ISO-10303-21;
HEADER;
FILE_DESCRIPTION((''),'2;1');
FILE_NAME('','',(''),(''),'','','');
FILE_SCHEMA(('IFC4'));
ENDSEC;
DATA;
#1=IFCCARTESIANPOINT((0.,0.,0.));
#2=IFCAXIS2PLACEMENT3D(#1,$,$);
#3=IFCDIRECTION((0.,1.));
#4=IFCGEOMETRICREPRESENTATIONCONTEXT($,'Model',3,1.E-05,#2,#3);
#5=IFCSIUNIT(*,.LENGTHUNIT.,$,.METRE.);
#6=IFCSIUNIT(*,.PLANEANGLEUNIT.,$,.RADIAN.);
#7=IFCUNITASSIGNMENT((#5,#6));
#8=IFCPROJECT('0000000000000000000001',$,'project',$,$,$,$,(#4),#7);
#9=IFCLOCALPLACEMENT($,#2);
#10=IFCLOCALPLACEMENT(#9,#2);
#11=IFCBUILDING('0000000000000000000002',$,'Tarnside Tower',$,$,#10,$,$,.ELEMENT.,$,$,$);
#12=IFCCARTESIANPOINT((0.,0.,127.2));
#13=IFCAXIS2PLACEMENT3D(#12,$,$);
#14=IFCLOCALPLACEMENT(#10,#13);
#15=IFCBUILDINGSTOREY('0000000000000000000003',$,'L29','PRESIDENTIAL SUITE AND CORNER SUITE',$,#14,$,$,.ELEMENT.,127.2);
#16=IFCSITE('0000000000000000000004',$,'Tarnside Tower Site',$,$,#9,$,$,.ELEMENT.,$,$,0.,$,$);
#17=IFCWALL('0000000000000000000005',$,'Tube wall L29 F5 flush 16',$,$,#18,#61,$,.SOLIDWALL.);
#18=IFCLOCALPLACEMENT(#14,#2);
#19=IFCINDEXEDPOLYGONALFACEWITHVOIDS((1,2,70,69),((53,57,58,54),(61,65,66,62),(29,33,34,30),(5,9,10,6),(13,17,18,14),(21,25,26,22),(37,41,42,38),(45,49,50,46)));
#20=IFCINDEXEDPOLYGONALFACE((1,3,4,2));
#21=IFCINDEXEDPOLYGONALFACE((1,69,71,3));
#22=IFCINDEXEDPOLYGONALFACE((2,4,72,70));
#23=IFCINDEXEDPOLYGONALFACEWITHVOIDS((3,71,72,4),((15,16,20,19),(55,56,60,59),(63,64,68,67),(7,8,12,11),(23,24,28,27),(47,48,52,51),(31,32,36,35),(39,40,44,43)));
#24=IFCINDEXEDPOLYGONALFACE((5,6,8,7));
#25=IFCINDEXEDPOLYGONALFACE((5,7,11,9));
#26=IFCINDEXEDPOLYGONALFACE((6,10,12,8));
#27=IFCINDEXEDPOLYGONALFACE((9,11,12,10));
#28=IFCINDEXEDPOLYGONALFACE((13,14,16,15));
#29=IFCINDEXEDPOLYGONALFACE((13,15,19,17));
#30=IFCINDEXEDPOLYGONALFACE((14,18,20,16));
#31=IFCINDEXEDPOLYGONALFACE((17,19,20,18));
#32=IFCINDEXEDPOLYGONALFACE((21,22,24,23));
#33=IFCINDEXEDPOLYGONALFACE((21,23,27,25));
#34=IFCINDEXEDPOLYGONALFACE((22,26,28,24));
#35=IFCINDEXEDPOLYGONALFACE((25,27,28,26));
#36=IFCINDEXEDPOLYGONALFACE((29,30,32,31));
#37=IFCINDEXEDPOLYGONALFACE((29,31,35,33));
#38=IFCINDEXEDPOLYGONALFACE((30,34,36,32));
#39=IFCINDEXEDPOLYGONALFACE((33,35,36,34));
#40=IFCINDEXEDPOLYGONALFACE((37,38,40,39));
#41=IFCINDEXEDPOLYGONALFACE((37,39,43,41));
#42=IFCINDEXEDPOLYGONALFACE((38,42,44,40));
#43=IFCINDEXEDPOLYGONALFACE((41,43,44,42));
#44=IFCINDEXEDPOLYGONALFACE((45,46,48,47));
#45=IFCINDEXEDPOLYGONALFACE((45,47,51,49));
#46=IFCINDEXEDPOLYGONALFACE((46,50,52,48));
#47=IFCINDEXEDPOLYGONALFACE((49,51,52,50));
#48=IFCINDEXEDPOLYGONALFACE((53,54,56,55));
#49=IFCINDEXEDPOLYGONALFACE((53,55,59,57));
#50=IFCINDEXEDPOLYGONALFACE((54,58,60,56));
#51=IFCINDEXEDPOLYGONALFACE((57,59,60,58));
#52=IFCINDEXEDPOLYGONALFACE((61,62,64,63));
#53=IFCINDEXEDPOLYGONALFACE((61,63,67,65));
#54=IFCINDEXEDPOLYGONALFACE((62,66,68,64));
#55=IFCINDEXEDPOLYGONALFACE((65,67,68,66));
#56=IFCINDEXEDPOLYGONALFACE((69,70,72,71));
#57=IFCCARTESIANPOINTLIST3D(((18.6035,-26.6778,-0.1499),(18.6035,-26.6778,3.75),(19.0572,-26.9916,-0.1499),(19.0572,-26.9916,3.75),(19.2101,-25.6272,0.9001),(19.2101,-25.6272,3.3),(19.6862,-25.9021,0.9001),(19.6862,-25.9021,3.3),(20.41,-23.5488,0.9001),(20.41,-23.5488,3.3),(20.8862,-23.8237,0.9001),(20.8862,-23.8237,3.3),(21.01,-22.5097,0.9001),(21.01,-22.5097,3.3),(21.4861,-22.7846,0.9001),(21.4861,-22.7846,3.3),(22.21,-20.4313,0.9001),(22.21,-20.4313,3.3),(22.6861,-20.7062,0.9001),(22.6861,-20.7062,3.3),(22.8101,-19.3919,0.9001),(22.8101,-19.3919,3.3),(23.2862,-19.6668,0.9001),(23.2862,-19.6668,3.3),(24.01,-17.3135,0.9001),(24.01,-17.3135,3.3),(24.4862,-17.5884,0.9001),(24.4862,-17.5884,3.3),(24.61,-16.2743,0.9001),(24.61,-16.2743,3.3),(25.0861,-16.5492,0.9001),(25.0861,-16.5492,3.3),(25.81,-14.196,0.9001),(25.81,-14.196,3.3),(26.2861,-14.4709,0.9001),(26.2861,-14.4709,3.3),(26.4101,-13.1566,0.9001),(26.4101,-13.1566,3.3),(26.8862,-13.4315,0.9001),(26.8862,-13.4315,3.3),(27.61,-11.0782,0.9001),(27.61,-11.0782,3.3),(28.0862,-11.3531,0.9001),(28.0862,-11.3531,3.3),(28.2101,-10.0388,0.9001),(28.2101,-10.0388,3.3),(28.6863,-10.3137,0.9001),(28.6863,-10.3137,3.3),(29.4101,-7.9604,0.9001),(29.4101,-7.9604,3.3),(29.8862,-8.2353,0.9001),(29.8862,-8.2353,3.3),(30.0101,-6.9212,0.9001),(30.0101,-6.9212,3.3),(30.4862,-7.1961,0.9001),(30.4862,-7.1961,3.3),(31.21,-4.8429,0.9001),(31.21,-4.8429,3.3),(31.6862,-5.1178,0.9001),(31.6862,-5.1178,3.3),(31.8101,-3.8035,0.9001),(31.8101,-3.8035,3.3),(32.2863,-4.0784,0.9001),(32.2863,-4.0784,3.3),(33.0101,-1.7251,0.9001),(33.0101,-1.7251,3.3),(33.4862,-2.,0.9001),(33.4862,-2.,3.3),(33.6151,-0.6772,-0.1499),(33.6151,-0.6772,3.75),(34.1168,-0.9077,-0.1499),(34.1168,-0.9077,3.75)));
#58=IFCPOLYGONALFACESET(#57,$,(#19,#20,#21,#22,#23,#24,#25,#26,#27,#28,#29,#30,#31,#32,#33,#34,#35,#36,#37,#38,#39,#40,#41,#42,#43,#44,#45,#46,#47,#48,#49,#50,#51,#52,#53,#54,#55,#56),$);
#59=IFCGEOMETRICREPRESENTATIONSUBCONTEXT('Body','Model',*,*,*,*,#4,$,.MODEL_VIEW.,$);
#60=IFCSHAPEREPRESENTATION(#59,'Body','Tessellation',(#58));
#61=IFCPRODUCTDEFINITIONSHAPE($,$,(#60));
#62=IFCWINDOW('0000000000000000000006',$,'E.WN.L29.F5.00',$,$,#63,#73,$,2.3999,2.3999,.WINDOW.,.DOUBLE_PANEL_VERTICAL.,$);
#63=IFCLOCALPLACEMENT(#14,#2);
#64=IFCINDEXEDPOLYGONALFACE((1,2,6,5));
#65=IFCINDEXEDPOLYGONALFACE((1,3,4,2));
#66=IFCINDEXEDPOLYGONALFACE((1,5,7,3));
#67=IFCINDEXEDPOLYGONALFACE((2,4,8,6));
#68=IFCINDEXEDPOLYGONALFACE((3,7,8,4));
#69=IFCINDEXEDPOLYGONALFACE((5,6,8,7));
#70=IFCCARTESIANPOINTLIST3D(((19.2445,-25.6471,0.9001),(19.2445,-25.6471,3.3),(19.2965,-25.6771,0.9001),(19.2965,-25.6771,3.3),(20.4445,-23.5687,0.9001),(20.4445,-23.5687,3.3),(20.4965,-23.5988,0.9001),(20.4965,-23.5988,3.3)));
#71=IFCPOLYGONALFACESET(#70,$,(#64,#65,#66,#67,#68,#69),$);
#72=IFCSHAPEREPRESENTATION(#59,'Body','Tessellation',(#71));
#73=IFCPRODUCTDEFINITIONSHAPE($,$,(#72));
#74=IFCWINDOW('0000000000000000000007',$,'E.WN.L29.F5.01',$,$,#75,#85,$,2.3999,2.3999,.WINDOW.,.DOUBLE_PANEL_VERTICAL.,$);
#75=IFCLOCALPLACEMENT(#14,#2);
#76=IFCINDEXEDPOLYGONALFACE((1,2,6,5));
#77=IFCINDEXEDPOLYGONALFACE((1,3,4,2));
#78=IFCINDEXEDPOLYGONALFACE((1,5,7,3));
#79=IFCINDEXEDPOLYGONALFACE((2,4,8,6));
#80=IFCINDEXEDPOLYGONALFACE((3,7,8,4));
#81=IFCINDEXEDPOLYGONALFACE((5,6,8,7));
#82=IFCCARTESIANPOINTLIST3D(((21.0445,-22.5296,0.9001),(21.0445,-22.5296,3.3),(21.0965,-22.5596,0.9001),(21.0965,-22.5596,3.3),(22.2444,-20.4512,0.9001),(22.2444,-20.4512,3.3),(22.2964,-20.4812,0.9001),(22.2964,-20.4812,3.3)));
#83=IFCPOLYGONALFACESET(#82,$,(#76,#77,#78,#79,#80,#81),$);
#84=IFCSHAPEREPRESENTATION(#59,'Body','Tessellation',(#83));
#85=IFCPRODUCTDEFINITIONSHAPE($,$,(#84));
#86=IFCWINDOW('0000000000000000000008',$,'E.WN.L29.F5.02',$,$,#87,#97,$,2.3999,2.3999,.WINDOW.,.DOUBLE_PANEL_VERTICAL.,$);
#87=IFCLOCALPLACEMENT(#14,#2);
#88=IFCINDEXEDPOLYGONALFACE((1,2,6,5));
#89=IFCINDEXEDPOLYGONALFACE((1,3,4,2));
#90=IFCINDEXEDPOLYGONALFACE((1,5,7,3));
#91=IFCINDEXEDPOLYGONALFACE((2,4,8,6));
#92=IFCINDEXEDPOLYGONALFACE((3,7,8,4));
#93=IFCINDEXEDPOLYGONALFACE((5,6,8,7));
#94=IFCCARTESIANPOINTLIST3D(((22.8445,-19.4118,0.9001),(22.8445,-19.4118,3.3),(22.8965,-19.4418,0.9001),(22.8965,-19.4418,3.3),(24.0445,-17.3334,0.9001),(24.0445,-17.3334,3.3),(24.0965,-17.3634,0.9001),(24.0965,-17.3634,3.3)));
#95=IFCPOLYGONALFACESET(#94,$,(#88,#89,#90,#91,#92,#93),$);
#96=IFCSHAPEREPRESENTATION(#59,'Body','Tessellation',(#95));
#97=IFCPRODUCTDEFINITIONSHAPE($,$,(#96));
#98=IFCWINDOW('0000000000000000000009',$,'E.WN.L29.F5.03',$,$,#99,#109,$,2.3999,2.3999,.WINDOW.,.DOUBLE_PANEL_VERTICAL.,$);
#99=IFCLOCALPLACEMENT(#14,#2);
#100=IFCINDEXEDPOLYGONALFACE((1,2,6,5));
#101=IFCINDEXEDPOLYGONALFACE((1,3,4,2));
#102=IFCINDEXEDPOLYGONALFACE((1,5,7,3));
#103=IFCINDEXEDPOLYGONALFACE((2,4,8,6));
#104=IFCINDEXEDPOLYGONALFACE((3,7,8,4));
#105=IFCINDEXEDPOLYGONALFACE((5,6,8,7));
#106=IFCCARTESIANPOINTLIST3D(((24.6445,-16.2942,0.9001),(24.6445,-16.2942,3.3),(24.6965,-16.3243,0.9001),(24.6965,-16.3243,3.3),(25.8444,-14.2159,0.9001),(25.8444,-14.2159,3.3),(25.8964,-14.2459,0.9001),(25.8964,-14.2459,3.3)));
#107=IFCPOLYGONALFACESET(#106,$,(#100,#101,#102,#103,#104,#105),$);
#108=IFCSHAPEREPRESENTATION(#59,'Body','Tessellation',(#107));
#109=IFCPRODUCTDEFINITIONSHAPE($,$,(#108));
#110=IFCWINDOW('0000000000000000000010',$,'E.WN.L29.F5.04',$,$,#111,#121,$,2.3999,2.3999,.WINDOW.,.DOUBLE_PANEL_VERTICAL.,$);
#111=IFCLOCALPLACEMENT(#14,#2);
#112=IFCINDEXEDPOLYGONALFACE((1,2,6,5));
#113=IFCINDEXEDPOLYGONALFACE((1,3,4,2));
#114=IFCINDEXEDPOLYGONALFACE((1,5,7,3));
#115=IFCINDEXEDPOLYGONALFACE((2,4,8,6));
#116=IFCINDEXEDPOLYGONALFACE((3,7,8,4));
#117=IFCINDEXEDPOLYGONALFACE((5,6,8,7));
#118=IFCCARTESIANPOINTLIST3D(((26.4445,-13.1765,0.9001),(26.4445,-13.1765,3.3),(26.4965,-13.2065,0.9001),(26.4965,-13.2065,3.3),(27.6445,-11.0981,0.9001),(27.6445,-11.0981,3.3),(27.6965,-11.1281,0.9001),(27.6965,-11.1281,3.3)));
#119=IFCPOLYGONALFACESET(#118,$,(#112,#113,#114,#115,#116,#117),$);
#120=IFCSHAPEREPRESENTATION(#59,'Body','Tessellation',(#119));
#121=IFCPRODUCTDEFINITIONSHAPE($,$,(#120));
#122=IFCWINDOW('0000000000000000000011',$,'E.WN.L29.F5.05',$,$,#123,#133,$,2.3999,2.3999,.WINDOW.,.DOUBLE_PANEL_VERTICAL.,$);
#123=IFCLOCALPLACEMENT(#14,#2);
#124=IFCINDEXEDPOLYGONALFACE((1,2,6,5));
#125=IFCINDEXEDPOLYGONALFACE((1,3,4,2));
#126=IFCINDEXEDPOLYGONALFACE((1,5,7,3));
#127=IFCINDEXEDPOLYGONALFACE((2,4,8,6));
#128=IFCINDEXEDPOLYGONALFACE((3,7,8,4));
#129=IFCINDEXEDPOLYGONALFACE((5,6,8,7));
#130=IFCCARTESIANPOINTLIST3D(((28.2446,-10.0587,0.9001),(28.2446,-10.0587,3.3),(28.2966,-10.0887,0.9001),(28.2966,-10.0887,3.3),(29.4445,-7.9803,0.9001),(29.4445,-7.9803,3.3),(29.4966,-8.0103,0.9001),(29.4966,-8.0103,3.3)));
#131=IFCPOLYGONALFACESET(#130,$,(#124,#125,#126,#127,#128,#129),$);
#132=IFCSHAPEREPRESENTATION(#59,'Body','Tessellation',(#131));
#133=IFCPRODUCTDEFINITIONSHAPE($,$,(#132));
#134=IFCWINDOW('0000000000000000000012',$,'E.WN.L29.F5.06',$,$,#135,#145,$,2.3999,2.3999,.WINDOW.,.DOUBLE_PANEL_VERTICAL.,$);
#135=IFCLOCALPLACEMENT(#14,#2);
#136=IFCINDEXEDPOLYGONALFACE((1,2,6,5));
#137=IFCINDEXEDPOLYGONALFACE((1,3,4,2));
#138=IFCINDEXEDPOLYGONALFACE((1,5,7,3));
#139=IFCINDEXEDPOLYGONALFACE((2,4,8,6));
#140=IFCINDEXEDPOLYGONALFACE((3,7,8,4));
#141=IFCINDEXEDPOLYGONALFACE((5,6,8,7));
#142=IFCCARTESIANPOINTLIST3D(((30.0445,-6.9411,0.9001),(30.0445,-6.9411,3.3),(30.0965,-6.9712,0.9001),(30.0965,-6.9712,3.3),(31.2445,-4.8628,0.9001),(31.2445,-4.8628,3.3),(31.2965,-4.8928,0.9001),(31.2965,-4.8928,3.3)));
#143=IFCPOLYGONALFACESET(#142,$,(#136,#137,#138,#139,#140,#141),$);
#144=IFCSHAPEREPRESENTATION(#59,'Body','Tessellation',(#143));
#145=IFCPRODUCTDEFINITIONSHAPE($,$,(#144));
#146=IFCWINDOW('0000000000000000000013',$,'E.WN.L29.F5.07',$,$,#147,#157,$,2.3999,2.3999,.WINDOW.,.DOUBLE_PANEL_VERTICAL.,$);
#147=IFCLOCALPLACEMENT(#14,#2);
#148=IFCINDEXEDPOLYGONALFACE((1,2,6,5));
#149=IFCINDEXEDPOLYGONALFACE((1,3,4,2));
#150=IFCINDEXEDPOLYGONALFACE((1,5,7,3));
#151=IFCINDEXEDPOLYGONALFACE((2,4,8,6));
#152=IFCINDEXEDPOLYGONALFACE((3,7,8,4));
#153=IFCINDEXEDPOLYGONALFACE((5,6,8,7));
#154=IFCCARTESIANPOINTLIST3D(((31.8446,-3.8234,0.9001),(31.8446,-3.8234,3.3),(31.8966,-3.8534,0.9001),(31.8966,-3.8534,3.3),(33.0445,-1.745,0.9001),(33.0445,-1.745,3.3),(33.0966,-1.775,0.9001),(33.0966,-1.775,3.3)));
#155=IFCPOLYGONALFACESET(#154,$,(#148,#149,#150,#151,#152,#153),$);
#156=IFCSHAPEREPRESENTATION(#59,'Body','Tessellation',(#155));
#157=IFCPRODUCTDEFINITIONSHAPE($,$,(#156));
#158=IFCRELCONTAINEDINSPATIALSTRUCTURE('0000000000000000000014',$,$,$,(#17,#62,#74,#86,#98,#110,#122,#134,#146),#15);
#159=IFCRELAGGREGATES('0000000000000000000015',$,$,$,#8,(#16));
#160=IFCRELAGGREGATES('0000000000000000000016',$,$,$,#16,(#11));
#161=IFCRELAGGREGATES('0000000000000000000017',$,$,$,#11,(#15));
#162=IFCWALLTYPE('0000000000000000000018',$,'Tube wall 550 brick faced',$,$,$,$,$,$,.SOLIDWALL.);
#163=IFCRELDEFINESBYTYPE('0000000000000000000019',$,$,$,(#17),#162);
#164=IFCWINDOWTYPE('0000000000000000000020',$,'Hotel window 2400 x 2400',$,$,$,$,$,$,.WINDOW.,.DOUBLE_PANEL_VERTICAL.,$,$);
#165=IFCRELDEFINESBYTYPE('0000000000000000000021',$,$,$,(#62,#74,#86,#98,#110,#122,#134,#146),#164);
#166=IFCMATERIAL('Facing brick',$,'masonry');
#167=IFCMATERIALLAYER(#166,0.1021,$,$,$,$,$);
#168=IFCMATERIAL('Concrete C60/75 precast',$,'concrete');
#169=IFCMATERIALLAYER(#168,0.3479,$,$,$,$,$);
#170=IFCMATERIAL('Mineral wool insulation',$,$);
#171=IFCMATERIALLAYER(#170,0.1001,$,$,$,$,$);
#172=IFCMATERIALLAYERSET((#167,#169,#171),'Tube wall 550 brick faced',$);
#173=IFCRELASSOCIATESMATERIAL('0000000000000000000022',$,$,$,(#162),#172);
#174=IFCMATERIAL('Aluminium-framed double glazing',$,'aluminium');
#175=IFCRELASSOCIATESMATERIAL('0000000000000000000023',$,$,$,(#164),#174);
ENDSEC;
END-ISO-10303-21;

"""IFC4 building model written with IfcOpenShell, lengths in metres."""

from ifc_helpers import new_model, si_unit, direction, frame, frame_2d, origin, place, context, subcontext, project, spatial, polyline, rectangle, outline, extrude, material, layer, layer_set, type_object, element, fill, save


model = new_model("IFC4")

# Units and contexts
model_context = context("Model", 3, precision=1e-05, world=origin(), true_north=direction((0.0, 1.0)))
body_context = subcontext(model_context, "Body", "Model", "MODEL_VIEW")
ifc_project = project(units=[si_unit("LENGTHUNIT", "METRE"), si_unit("PLANEANGLEUNIT", "RADIAN")], contexts=[model_context])

# Site, building, storey
site_placement = place(None, origin())
site = spatial("IfcSite", under=ifc_project, at=site_placement, Name="Tarnside Tower Site", CompositionType="ELEMENT", RefElevation=0.0)
building_placement = place(site_placement, origin())
building = spatial("IfcBuilding", under=site, at=building_placement, Name="Tarnside Tower", CompositionType="ELEMENT")
storey_placement = place(building_placement, frame((0.0, 0.0, 127.2)))
storey = spatial("IfcBuildingStorey", under=building, at=storey_placement, Name="L29", Description="PRESIDENTIAL SUITE AND CORNER SUITE", CompositionType="ELEMENT", Elevation=127.2)

# Shared definitions
ifc_material_1 = material(Name="Facing brick", Category="masonry")
ifc_layer_1 = layer(ifc_material_1, 0.1021)
ifc_material_2 = material(Name="Concrete C60/75 precast", Category="concrete")
ifc_layer_2 = layer(ifc_material_2, 0.3479)
ifc_material_3 = material(Name="Mineral wool insulation")
ifc_layer_3 = layer(ifc_material_3, 0.1001)
ifc_layer_set_1 = layer_set([ifc_layer_1, ifc_layer_2, ifc_layer_3], Name="Tube wall 550 brick faced")
wall_type_1 = type_object("IfcWallType", Name="Tube wall 550 brick faced", PredefinedType="SOLIDWALL", material=ifc_layer_set_1)

# Wall, openings, windows
wall_1_placement = place(storey_placement, frame((18.8303, -26.8347, -0.1499), z_axis=(0.0, 0.0, 1.0), x_axis=(0.500004, 0.866023, 0.0)))
wall_1 = element("IfcWall", 1, at=wall_1_placement, inside=storey, type_object=wall_type_1, Name="Tube wall L29 F5 flush 16", PredefinedType="SOLIDWALL", context=body_context, shape_type="SweptSolid", body=[
    extrude(outline(polyline([(-0.0225, -0.2749), (30.0967, -0.2749), (30.0454, 0.2749), (0.0225, 0.2749), (-0.0225, -0.2749)])), origin(), (0.0, 0.0, 1.0), 3.8999),
])
opening_1_placement = place(wall_1_placement, frame((1.2356, 0.0, 1.05)))
opening_1 = element("IfcOpeningElement", 2, at=opening_1_placement, cuts=wall_1, PredefinedType="OPENING", context=body_context, shape_type="SweptSolid", body=[
    extrude(rectangle(XDim=2.3999, YDim=2.3999, at=frame_2d((1.2, 1.2))), frame((0.0, 0.2852, 0.0), z_axis=(0.0, -1.0, 0.0), x_axis=(1.0, 0.0, 0.0)), (0.0, 0.0, 1.0), 0.5701),
])
opening_2_placement = place(wall_1_placement, frame((4.8354, 0.0, 1.05)))
opening_2 = element("IfcOpeningElement", 3, at=opening_2_placement, cuts=wall_1, PredefinedType="OPENING", context=body_context, shape_type="SweptSolid", body=[
    extrude(rectangle(XDim=2.3999, YDim=2.3999, at=frame_2d((1.2, 1.2))), frame((0.0, 0.2852, 0.0), z_axis=(0.0, -1.0, 0.0), x_axis=(1.0, 0.0, 0.0)), (0.0, 0.0, 1.0), 0.5701),
])
opening_3_placement = place(wall_1_placement, frame((8.4355, 0.0, 1.05)))
opening_3 = element("IfcOpeningElement", 4, at=opening_3_placement, cuts=wall_1, PredefinedType="OPENING", context=body_context, shape_type="SweptSolid", body=[
    extrude(rectangle(XDim=2.3999, YDim=2.3999, at=frame_2d((1.2, 1.2))), frame((0.0, 0.2852, 0.0), z_axis=(0.0, -1.0, 0.0), x_axis=(1.0, 0.0, 0.0)), (0.0, 0.0, 1.0), 0.5701),
])
opening_4_placement = place(wall_1_placement, frame((12.0354, 0.0, 1.05)))
opening_4 = element("IfcOpeningElement", 5, at=opening_4_placement, cuts=wall_1, PredefinedType="OPENING", context=body_context, shape_type="SweptSolid", body=[
    extrude(rectangle(XDim=2.3999, YDim=2.3999, at=frame_2d((1.2, 1.2))), frame((0.0, 0.2852, 0.0), z_axis=(0.0, -1.0, 0.0), x_axis=(1.0, 0.0, 0.0)), (0.0, 0.0, 1.0), 0.5701),
])
opening_5_placement = place(wall_1_placement, frame((15.6355, 0.0, 1.05)))
opening_5 = element("IfcOpeningElement", 6, at=opening_5_placement, cuts=wall_1, PredefinedType="OPENING", context=body_context, shape_type="SweptSolid", body=[
    extrude(rectangle(XDim=2.3999, YDim=2.3999, at=frame_2d((1.2, 1.2))), frame((0.0, 0.2852, 0.0), z_axis=(0.0, -1.0, 0.0), x_axis=(1.0, 0.0, 0.0)), (0.0, 0.0, 1.0), 0.5701),
])
opening_6_placement = place(wall_1_placement, frame((19.2356, 0.0, 1.05)))
opening_6 = element("IfcOpeningElement", 7, at=opening_6_placement, cuts=wall_1, PredefinedType="OPENING", context=body_context, shape_type="SweptSolid", body=[
    extrude(rectangle(XDim=2.3999, YDim=2.3999, at=frame_2d((1.2, 1.2))), frame((0.0, 0.2852, 0.0), z_axis=(0.0, -1.0, 0.0), x_axis=(1.0, 0.0, 0.0)), (0.0, 0.0, 1.0), 0.5701),
])
opening_7_placement = place(wall_1_placement, frame((22.8354, 0.0, 1.05)))
opening_7 = element("IfcOpeningElement", 8, at=opening_7_placement, cuts=wall_1, PredefinedType="OPENING", context=body_context, shape_type="SweptSolid", body=[
    extrude(rectangle(XDim=2.3999, YDim=2.3999, at=frame_2d((1.2, 1.2))), frame((0.0, 0.2852, 0.0), z_axis=(0.0, -1.0, 0.0), x_axis=(1.0, 0.0, 0.0)), (0.0, 0.0, 1.0), 0.5701),
])
opening_8_placement = place(wall_1_placement, frame((26.4355, 0.0, 1.05)))
opening_8 = element("IfcOpeningElement", 9, at=opening_8_placement, cuts=wall_1, PredefinedType="OPENING", context=body_context, shape_type="SweptSolid", body=[
    extrude(rectangle(XDim=2.3999, YDim=2.3999, at=frame_2d((1.2, 1.2))), frame((0.0, 0.2852, 0.0), z_axis=(0.0, -1.0, 0.0), x_axis=(1.0, 0.0, 0.0)), (0.0, 0.0, 1.0), 0.5701),
])
ifc_material_4 = material(Name="Aluminium-framed double glazing", Category="aluminium")
window_type = type_object("IfcWindowType", Name="Hotel window 2400 x 2400", PartitioningType="DOUBLE_PANEL_VERTICAL", PredefinedType="WINDOW", material=ifc_material_4)
window_1_placement = place(opening_1_placement, frame((0.0, 0.2051, 0.0)))
window_1 = element("IfcWindow", 10, at=window_1_placement, inside=storey, type_object=window_type, Name="E.WN.L29.F5.00", OverallHeight=2.3999, OverallWidth=2.3999, PartitioningType="DOUBLE_PANEL_VERTICAL", PredefinedType="WINDOW", context=body_context, shape_type="SweptSolid", body=[
    extrude(rectangle(XDim=2.3999, YDim=2.3999, at=frame_2d((1.2, 1.2))), frame((0.0, 0.03, 0.0), z_axis=(0.0, -1.0, 0.0), x_axis=(1.0, 0.0, 0.0)), (0.0, 0.0, 1.0), 0.0601),
])
fill(opening_1, window_1)
window_2_placement = place(opening_2_placement, frame((0.0, 0.2051, 0.0)))
window_2 = element("IfcWindow", 11, at=window_2_placement, inside=storey, type_object=window_type, Name="E.WN.L29.F5.01", OverallHeight=2.3999, OverallWidth=2.3999, PartitioningType="DOUBLE_PANEL_VERTICAL", PredefinedType="WINDOW", context=body_context, shape_type="SweptSolid", body=[
    extrude(rectangle(XDim=2.3999, YDim=2.3999, at=frame_2d((1.2, 1.2))), frame((0.0, 0.03, 0.0), z_axis=(0.0, -1.0, 0.0), x_axis=(1.0, 0.0, 0.0)), (0.0, 0.0, 1.0), 0.0601),
])
fill(opening_2, window_2)
window_3_placement = place(opening_3_placement, frame((0.0, 0.2051, 0.0)))
window_3 = element("IfcWindow", 12, at=window_3_placement, inside=storey, type_object=window_type, Name="E.WN.L29.F5.02", OverallHeight=2.3999, OverallWidth=2.3999, PartitioningType="DOUBLE_PANEL_VERTICAL", PredefinedType="WINDOW", context=body_context, shape_type="SweptSolid", body=[
    extrude(rectangle(XDim=2.3999, YDim=2.3999, at=frame_2d((1.2, 1.2))), frame((0.0, 0.03, 0.0), z_axis=(0.0, -1.0, 0.0), x_axis=(1.0, 0.0, 0.0)), (0.0, 0.0, 1.0), 0.0601),
])
fill(opening_3, window_3)
window_4_placement = place(opening_4_placement, frame((0.0, 0.2051, 0.0)))
window_4 = element("IfcWindow", 13, at=window_4_placement, inside=storey, type_object=window_type, Name="E.WN.L29.F5.03", OverallHeight=2.3999, OverallWidth=2.3999, PartitioningType="DOUBLE_PANEL_VERTICAL", PredefinedType="WINDOW", context=body_context, shape_type="SweptSolid", body=[
    extrude(rectangle(XDim=2.3999, YDim=2.3999, at=frame_2d((1.2, 1.2))), frame((0.0, 0.03, 0.0), z_axis=(0.0, -1.0, 0.0), x_axis=(1.0, 0.0, 0.0)), (0.0, 0.0, 1.0), 0.0601),
])
fill(opening_4, window_4)
window_5_placement = place(opening_5_placement, frame((0.0, 0.2051, 0.0)))
window_5 = element("IfcWindow", 14, at=window_5_placement, inside=storey, type_object=window_type, Name="E.WN.L29.F5.04", OverallHeight=2.3999, OverallWidth=2.3999, PartitioningType="DOUBLE_PANEL_VERTICAL", PredefinedType="WINDOW", context=body_context, shape_type="SweptSolid", body=[
    extrude(rectangle(XDim=2.3999, YDim=2.3999, at=frame_2d((1.2, 1.2))), frame((0.0, 0.03, 0.0), z_axis=(0.0, -1.0, 0.0), x_axis=(1.0, 0.0, 0.0)), (0.0, 0.0, 1.0), 0.0601),
])
fill(opening_5, window_5)
window_6_placement = place(opening_6_placement, frame((0.0, 0.2051, 0.0)))
window_6 = element("IfcWindow", 15, at=window_6_placement, inside=storey, type_object=window_type, Name="E.WN.L29.F5.05", OverallHeight=2.3999, OverallWidth=2.3999, PartitioningType="DOUBLE_PANEL_VERTICAL", PredefinedType="WINDOW", context=body_context, shape_type="SweptSolid", body=[
    extrude(rectangle(XDim=2.3999, YDim=2.3999, at=frame_2d((1.2, 1.2))), frame((0.0, 0.03, 0.0), z_axis=(0.0, -1.0, 0.0), x_axis=(1.0, 0.0, 0.0)), (0.0, 0.0, 1.0), 0.0601),
])
fill(opening_6, window_6)
window_7_placement = place(opening_7_placement, frame((0.0, 0.2051, 0.0)))
window_7 = element("IfcWindow", 16, at=window_7_placement, inside=storey, type_object=window_type, Name="E.WN.L29.F5.06", OverallHeight=2.3999, OverallWidth=2.3999, PartitioningType="DOUBLE_PANEL_VERTICAL", PredefinedType="WINDOW", context=body_context, shape_type="SweptSolid", body=[
    extrude(rectangle(XDim=2.3999, YDim=2.3999, at=frame_2d((1.2, 1.2))), frame((0.0, 0.03, 0.0), z_axis=(0.0, -1.0, 0.0), x_axis=(1.0, 0.0, 0.0)), (0.0, 0.0, 1.0), 0.0601),
])
fill(opening_7, window_7)
window_8_placement = place(opening_8_placement, frame((0.0, 0.2051, 0.0)))
window_8 = element("IfcWindow", 17, at=window_8_placement, inside=storey, type_object=window_type, Name="E.WN.L29.F5.07", OverallHeight=2.3999, OverallWidth=2.3999, PartitioningType="DOUBLE_PANEL_VERTICAL", PredefinedType="WINDOW", context=body_context, shape_type="SweptSolid", body=[
    extrude(rectangle(XDim=2.3999, YDim=2.3999, at=frame_2d((1.2, 1.2))), frame((0.0, 0.03, 0.0), z_axis=(0.0, -1.0, 0.0), x_axis=(1.0, 0.0, 0.0)), (0.0, 0.0, 1.0), 0.0601),
])
fill(opening_8, window_8)

save(model, "model.ifc")
